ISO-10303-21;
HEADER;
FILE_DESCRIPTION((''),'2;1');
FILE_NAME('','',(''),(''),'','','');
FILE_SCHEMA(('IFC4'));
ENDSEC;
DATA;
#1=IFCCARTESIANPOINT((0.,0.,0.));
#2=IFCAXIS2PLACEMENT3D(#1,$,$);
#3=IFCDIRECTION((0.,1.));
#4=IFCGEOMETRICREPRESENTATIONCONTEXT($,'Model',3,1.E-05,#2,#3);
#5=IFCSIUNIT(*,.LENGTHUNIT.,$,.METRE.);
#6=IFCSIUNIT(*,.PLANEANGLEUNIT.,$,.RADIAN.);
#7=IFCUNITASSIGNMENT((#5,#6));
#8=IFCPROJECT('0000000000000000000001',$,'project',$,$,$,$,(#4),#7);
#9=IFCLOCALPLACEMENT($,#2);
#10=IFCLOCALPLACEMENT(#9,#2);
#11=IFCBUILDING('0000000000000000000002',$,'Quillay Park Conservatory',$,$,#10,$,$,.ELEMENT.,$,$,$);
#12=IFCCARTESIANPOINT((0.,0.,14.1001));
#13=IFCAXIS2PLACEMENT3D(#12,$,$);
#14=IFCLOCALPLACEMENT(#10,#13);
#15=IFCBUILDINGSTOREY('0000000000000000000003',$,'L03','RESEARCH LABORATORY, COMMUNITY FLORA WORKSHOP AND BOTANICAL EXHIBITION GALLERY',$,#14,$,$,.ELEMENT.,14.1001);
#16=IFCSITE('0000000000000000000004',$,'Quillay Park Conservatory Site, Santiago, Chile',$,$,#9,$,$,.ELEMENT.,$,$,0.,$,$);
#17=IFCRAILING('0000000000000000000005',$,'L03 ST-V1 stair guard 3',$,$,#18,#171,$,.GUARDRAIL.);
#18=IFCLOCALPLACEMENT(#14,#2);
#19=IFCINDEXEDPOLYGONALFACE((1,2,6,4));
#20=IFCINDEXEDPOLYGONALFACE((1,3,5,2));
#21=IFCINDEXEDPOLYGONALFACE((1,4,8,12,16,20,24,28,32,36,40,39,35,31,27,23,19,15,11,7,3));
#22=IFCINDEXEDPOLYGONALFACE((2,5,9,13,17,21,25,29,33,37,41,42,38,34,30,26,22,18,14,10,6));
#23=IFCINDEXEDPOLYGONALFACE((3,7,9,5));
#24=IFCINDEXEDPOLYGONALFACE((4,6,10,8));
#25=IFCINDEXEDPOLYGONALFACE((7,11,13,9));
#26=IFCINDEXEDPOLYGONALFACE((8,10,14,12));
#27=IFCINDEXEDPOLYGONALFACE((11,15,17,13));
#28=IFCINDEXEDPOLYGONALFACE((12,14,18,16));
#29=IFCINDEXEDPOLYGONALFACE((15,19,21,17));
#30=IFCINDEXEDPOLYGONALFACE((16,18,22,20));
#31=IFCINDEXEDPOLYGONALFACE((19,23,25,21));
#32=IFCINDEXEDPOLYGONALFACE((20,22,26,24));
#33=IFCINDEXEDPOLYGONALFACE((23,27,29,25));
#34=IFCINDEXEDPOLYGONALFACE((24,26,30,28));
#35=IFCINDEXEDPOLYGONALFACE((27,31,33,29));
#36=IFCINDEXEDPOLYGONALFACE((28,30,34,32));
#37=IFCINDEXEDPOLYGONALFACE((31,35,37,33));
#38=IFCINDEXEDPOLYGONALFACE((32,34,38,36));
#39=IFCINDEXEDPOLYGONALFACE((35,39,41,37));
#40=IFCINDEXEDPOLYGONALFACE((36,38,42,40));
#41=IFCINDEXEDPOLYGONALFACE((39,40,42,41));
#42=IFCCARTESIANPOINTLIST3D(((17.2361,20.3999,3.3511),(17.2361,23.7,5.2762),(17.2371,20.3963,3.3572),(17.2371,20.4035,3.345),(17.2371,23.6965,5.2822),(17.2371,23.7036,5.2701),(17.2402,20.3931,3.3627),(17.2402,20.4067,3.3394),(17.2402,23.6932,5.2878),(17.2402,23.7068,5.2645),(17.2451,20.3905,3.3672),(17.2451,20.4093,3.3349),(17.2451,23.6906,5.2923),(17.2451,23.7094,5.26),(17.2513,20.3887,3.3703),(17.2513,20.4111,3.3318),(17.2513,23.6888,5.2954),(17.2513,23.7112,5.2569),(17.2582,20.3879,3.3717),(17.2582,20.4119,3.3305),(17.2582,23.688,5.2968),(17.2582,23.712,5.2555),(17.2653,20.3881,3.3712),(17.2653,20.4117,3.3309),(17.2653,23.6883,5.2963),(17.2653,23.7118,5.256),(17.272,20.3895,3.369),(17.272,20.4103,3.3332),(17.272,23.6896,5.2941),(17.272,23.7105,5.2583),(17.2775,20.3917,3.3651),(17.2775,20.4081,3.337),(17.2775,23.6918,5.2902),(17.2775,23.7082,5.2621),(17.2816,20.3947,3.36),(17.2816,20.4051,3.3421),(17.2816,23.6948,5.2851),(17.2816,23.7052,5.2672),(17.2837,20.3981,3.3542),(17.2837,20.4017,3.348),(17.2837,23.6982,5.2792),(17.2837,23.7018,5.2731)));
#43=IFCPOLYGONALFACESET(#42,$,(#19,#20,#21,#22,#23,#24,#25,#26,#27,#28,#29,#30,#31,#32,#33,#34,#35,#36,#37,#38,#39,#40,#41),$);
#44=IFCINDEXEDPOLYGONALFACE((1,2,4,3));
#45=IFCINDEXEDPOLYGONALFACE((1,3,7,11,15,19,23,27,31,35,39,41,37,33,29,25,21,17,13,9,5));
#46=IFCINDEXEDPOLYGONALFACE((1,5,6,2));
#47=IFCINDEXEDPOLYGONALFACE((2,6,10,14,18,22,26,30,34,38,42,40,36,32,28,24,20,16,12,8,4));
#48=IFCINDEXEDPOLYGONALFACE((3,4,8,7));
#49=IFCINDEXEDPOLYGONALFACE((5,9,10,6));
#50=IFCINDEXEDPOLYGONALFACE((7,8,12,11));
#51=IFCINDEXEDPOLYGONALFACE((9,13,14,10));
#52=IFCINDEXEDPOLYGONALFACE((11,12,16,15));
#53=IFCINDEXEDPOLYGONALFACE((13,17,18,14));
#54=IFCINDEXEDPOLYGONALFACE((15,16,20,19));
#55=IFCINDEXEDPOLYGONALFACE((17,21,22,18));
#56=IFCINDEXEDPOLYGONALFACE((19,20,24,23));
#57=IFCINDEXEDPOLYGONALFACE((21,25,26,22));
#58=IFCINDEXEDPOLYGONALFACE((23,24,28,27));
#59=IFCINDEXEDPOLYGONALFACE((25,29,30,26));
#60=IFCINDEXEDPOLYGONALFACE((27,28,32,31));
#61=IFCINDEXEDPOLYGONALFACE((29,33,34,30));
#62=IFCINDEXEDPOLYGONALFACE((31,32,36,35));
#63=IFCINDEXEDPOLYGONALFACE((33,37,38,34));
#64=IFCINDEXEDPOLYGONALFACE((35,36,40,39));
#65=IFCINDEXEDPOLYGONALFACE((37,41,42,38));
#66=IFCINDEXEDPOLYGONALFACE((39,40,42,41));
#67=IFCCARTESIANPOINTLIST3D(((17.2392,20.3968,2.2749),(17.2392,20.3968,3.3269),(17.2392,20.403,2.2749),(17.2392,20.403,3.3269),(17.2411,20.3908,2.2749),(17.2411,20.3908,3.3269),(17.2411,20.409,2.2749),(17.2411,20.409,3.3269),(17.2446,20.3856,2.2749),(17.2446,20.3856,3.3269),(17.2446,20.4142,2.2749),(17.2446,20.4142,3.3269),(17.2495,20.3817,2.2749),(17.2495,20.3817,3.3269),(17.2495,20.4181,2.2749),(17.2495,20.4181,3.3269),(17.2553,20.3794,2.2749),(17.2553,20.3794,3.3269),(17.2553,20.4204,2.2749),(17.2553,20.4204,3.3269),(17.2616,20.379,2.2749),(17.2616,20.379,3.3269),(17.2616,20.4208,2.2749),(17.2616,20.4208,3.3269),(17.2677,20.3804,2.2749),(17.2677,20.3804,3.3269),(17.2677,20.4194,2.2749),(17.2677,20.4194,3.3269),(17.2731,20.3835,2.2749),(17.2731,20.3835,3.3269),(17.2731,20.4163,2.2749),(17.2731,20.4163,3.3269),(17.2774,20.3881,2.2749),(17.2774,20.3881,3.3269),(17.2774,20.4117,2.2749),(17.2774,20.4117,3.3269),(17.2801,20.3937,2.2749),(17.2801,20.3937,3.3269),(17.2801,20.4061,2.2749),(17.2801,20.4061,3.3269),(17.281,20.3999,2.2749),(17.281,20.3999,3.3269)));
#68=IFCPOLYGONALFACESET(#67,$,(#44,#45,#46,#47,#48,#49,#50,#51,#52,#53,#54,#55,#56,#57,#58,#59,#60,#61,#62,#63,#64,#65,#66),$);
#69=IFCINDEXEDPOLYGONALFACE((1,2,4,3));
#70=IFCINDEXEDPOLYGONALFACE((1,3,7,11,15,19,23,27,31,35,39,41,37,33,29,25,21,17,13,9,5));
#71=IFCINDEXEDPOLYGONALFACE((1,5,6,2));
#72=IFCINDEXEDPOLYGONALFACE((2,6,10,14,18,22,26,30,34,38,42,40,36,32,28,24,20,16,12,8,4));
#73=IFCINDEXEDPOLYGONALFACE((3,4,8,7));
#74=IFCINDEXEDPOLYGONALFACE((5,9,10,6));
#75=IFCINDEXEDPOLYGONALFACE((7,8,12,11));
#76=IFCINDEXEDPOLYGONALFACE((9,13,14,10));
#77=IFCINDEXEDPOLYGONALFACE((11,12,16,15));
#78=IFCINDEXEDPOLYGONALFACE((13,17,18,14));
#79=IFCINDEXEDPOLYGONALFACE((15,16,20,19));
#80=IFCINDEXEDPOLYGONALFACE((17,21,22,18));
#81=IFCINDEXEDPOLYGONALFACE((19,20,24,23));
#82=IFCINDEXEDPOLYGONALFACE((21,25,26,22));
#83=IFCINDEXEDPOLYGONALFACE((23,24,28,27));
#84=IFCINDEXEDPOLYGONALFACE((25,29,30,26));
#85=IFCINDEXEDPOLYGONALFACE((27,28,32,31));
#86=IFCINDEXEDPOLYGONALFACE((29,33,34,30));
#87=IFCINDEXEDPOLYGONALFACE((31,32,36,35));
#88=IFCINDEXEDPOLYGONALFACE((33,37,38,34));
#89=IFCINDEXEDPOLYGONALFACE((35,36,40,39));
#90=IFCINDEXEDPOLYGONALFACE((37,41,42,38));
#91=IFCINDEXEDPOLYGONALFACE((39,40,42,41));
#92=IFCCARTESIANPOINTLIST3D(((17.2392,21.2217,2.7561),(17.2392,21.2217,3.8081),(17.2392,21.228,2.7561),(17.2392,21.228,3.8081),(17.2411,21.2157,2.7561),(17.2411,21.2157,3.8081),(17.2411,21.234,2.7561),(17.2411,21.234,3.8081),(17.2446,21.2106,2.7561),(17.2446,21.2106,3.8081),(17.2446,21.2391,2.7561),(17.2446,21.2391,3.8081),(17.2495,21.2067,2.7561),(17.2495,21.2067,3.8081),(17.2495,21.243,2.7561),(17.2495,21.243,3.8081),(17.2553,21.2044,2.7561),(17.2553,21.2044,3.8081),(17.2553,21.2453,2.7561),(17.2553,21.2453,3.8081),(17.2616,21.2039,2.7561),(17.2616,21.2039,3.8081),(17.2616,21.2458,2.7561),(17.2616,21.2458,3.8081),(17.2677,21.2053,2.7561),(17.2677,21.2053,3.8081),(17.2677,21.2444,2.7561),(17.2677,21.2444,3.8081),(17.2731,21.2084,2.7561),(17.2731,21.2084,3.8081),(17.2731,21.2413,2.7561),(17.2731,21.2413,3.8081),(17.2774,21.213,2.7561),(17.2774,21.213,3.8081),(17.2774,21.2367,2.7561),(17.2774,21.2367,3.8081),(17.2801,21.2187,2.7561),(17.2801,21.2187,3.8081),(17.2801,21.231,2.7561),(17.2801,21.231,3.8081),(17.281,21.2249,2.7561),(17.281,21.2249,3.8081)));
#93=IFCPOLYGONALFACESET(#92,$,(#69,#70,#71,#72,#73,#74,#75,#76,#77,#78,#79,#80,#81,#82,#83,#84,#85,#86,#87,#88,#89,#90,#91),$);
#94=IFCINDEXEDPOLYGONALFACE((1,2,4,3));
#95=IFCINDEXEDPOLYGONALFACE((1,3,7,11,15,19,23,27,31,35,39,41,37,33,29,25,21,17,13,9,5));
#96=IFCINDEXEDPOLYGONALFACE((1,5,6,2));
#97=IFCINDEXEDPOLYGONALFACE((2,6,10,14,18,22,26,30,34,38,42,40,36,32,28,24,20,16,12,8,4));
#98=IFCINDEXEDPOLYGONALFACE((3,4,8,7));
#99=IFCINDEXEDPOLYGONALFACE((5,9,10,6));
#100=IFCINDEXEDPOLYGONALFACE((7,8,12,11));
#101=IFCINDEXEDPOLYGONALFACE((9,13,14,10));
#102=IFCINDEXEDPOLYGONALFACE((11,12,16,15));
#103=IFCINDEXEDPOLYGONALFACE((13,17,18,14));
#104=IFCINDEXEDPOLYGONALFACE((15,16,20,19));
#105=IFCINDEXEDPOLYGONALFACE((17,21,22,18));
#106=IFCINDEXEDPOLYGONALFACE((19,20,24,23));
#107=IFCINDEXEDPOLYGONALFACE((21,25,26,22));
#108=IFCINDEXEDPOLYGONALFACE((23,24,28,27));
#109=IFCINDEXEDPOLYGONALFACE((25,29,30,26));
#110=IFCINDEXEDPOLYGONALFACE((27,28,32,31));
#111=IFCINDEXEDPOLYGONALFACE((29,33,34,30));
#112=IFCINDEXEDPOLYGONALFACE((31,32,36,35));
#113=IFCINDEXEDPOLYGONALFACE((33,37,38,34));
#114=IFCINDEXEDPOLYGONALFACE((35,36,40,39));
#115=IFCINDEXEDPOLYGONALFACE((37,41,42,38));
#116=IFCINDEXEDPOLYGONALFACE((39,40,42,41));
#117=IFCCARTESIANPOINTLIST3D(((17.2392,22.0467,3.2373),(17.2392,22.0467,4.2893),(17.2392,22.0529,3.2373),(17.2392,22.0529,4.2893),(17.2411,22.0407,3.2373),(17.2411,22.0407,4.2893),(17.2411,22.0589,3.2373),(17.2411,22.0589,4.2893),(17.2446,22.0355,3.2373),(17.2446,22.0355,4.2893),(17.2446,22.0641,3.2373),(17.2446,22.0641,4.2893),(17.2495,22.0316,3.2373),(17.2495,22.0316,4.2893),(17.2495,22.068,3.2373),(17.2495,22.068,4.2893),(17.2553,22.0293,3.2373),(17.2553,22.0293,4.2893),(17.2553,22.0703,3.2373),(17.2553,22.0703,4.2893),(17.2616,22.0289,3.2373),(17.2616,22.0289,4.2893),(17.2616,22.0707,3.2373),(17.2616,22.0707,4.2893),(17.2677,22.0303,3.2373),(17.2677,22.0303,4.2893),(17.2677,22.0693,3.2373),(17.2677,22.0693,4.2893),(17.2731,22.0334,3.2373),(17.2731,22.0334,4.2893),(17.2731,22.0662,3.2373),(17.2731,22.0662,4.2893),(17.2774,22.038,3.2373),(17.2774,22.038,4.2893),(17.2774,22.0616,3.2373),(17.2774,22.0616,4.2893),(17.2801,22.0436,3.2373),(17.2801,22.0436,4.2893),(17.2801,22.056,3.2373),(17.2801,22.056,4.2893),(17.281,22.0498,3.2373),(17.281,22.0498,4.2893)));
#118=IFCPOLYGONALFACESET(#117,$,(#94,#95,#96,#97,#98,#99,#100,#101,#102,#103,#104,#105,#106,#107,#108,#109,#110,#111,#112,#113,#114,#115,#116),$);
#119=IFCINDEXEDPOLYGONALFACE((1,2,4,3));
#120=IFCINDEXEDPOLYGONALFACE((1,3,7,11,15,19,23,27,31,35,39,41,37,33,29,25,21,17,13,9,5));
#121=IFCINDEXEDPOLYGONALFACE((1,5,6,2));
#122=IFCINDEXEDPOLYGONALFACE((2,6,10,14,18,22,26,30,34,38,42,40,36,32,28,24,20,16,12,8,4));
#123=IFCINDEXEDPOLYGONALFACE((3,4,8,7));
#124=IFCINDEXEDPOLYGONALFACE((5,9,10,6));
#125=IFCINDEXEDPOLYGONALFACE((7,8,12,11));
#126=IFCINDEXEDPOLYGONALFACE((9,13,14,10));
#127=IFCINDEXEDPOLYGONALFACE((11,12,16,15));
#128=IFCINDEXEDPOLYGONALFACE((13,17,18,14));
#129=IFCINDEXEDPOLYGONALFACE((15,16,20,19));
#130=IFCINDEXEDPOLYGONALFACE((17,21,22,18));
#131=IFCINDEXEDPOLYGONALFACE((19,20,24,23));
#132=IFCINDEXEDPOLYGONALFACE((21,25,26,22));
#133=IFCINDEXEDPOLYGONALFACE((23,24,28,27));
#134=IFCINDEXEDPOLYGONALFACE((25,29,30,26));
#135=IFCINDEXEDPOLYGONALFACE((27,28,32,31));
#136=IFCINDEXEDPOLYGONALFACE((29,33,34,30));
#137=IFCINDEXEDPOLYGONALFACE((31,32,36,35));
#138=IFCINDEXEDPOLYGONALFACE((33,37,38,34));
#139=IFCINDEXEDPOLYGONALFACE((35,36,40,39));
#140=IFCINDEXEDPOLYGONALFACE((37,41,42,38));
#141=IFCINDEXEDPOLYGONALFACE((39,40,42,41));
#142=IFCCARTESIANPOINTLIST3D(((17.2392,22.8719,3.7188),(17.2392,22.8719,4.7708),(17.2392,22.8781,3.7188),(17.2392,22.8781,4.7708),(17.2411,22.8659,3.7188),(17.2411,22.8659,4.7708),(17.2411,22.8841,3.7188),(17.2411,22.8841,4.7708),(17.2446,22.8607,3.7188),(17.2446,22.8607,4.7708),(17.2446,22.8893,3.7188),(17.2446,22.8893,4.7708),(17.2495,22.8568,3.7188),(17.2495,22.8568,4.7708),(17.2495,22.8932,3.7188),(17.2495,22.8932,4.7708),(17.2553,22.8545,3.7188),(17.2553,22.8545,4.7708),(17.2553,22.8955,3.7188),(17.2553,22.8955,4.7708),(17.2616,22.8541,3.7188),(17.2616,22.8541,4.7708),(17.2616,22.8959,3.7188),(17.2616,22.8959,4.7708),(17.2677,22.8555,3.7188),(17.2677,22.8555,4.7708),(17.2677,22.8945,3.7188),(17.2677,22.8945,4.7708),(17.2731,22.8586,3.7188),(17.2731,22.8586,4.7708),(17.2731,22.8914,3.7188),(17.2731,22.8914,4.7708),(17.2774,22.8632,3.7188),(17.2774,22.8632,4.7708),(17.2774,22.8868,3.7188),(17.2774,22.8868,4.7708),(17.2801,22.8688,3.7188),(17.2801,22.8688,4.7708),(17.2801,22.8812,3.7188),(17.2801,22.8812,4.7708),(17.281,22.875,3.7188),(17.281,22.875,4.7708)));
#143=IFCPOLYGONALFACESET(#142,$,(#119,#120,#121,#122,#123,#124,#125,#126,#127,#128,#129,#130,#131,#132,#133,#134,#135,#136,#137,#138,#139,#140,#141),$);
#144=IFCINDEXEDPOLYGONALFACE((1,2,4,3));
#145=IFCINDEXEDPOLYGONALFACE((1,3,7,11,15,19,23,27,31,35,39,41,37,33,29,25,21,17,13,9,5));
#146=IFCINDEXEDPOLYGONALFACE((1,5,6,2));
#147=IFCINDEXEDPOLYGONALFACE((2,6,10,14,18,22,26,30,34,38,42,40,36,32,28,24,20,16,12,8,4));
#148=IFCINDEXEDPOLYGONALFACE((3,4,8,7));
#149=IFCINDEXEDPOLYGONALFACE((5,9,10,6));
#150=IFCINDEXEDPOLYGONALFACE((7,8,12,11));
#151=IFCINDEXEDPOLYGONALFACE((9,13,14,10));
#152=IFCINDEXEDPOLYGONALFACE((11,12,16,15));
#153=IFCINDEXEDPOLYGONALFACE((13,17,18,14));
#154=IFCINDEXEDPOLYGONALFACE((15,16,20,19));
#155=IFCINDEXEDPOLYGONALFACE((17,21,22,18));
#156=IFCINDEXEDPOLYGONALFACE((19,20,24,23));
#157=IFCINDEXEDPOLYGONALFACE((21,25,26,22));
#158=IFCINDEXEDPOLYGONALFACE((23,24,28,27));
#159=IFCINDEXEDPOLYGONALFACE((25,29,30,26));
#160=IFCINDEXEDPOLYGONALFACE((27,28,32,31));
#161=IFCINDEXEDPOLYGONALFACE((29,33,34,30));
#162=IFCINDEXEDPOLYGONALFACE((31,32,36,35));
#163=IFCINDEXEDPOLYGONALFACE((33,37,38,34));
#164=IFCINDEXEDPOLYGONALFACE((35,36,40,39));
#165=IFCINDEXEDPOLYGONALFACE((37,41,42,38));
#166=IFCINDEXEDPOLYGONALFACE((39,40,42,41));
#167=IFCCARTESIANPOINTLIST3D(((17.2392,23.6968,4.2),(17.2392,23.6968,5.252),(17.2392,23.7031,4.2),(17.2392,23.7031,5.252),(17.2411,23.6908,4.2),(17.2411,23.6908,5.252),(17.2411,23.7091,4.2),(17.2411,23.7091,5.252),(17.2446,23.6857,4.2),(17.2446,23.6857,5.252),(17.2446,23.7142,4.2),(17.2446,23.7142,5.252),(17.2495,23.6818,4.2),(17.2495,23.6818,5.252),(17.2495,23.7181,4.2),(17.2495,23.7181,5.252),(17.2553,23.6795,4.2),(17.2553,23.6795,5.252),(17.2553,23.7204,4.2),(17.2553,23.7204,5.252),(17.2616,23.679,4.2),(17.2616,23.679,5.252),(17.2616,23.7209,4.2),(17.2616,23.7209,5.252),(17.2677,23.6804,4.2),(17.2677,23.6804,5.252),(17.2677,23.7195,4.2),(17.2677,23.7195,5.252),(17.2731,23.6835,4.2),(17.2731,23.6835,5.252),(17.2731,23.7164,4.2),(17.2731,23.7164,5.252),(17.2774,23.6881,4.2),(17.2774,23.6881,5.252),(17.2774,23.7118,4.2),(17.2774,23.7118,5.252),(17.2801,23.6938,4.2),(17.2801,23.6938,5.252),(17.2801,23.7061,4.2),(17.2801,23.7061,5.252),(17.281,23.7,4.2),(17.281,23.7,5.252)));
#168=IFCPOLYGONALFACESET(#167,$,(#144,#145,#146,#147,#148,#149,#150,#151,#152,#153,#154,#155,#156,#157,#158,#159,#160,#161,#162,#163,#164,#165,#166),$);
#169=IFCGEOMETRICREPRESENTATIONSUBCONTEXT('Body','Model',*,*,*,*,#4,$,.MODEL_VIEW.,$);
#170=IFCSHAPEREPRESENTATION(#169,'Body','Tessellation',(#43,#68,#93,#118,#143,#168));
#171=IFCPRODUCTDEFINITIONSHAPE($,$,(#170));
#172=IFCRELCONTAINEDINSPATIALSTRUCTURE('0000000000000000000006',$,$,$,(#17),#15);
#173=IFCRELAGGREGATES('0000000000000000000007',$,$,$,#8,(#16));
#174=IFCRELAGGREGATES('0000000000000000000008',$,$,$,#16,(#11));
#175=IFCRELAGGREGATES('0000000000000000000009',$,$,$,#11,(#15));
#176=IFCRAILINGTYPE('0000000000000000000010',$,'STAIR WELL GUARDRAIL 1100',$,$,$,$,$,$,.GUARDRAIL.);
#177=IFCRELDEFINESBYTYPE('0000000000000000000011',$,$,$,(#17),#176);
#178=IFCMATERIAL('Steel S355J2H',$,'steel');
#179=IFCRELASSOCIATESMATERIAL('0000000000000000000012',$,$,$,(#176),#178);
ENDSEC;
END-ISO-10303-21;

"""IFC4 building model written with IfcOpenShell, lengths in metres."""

from ifc_helpers import new_model, si_unit, direction, frame, origin, origin_2d, place, context, subcontext, project, spatial, circle, extrude, material, type_object, element, save


model = new_model("IFC4")

# Units and contexts
model_context = context("Model", 3, precision=1e-05, world=origin(), true_north=direction((0.0, 1.0)))
body_context = subcontext(model_context, "Body", "Model", "MODEL_VIEW")
ifc_project = project(units=[si_unit("LENGTHUNIT", "METRE"), si_unit("PLANEANGLEUNIT", "RADIAN")], contexts=[model_context])

# Site, building, storey
site_placement = place(None, origin())
site = spatial("IfcSite", under=ifc_project, at=site_placement, Name="Quillay Park Conservatory Site, Santiago, Chile", CompositionType="ELEMENT", RefElevation=0.0)
building_placement = place(site_placement, origin())
building = spatial("IfcBuilding", under=site, at=building_placement, Name="Quillay Park Conservatory", CompositionType="ELEMENT")
storey_placement = place(building_placement, frame((0.0, 0.0, 14.1001)))
storey = spatial("IfcBuildingStorey", under=building, at=storey_placement, Name="L03", Description="RESEARCH LABORATORY, COMMUNITY FLORA WORKSHOP AND BOTANICAL EXHIBITION GALLERY", CompositionType="ELEMENT", Elevation=14.1001)

# Railing
ifc_material_1 = material(Name="Steel S355J2H", Category="steel")
railing_type_1 = type_object("IfcRailingType", Name="STAIR WELL GUARDRAIL 1100", PredefinedType="GUARDRAIL", material=ifc_material_1)
railing_1_placement = place(storey_placement, frame((17.26, 20.3999, 2.2749)))
element("IfcRailing", 1, at=railing_1_placement, inside=storey, type_object=railing_type_1, Name="L03 ST-V1 stair guard 3", PredefinedType="GUARDRAIL", context=body_context, shape_type="SweptSolid", body=[
    extrude(circle(Radius=0.0239, at=origin_2d()), frame((0.0, 0.0, 1.0762), z_axis=(0.0, 0.863777, 0.503875), x_axis=(-1.0, 0.0, 0.0)), (0.0, 0.0, 1.0), 3.8206),
    extrude(circle(Radius=0.021, at=origin_2d()), origin(), (0.0, 0.0, 1.0), 1.052),
    extrude(circle(Radius=0.021, at=origin_2d()), frame((0.0, 0.825, 0.4812)), (0.0, 0.0, 1.0), 1.052),
    extrude(circle(Radius=0.021, at=origin_2d()), frame((0.0, 1.6499, 0.9624)), (0.0, 0.0, 1.0), 1.052),
    extrude(circle(Radius=0.021, at=origin_2d()), frame((0.0, 2.4751, 1.4438)), (0.0, 0.0, 1.0), 1.052),
    extrude(circle(Radius=0.021, at=origin_2d()), frame((0.0, 3.3, 1.925)), (0.0, 0.0, 1.0), 1.052),
])

save(model, "model.ifc")
